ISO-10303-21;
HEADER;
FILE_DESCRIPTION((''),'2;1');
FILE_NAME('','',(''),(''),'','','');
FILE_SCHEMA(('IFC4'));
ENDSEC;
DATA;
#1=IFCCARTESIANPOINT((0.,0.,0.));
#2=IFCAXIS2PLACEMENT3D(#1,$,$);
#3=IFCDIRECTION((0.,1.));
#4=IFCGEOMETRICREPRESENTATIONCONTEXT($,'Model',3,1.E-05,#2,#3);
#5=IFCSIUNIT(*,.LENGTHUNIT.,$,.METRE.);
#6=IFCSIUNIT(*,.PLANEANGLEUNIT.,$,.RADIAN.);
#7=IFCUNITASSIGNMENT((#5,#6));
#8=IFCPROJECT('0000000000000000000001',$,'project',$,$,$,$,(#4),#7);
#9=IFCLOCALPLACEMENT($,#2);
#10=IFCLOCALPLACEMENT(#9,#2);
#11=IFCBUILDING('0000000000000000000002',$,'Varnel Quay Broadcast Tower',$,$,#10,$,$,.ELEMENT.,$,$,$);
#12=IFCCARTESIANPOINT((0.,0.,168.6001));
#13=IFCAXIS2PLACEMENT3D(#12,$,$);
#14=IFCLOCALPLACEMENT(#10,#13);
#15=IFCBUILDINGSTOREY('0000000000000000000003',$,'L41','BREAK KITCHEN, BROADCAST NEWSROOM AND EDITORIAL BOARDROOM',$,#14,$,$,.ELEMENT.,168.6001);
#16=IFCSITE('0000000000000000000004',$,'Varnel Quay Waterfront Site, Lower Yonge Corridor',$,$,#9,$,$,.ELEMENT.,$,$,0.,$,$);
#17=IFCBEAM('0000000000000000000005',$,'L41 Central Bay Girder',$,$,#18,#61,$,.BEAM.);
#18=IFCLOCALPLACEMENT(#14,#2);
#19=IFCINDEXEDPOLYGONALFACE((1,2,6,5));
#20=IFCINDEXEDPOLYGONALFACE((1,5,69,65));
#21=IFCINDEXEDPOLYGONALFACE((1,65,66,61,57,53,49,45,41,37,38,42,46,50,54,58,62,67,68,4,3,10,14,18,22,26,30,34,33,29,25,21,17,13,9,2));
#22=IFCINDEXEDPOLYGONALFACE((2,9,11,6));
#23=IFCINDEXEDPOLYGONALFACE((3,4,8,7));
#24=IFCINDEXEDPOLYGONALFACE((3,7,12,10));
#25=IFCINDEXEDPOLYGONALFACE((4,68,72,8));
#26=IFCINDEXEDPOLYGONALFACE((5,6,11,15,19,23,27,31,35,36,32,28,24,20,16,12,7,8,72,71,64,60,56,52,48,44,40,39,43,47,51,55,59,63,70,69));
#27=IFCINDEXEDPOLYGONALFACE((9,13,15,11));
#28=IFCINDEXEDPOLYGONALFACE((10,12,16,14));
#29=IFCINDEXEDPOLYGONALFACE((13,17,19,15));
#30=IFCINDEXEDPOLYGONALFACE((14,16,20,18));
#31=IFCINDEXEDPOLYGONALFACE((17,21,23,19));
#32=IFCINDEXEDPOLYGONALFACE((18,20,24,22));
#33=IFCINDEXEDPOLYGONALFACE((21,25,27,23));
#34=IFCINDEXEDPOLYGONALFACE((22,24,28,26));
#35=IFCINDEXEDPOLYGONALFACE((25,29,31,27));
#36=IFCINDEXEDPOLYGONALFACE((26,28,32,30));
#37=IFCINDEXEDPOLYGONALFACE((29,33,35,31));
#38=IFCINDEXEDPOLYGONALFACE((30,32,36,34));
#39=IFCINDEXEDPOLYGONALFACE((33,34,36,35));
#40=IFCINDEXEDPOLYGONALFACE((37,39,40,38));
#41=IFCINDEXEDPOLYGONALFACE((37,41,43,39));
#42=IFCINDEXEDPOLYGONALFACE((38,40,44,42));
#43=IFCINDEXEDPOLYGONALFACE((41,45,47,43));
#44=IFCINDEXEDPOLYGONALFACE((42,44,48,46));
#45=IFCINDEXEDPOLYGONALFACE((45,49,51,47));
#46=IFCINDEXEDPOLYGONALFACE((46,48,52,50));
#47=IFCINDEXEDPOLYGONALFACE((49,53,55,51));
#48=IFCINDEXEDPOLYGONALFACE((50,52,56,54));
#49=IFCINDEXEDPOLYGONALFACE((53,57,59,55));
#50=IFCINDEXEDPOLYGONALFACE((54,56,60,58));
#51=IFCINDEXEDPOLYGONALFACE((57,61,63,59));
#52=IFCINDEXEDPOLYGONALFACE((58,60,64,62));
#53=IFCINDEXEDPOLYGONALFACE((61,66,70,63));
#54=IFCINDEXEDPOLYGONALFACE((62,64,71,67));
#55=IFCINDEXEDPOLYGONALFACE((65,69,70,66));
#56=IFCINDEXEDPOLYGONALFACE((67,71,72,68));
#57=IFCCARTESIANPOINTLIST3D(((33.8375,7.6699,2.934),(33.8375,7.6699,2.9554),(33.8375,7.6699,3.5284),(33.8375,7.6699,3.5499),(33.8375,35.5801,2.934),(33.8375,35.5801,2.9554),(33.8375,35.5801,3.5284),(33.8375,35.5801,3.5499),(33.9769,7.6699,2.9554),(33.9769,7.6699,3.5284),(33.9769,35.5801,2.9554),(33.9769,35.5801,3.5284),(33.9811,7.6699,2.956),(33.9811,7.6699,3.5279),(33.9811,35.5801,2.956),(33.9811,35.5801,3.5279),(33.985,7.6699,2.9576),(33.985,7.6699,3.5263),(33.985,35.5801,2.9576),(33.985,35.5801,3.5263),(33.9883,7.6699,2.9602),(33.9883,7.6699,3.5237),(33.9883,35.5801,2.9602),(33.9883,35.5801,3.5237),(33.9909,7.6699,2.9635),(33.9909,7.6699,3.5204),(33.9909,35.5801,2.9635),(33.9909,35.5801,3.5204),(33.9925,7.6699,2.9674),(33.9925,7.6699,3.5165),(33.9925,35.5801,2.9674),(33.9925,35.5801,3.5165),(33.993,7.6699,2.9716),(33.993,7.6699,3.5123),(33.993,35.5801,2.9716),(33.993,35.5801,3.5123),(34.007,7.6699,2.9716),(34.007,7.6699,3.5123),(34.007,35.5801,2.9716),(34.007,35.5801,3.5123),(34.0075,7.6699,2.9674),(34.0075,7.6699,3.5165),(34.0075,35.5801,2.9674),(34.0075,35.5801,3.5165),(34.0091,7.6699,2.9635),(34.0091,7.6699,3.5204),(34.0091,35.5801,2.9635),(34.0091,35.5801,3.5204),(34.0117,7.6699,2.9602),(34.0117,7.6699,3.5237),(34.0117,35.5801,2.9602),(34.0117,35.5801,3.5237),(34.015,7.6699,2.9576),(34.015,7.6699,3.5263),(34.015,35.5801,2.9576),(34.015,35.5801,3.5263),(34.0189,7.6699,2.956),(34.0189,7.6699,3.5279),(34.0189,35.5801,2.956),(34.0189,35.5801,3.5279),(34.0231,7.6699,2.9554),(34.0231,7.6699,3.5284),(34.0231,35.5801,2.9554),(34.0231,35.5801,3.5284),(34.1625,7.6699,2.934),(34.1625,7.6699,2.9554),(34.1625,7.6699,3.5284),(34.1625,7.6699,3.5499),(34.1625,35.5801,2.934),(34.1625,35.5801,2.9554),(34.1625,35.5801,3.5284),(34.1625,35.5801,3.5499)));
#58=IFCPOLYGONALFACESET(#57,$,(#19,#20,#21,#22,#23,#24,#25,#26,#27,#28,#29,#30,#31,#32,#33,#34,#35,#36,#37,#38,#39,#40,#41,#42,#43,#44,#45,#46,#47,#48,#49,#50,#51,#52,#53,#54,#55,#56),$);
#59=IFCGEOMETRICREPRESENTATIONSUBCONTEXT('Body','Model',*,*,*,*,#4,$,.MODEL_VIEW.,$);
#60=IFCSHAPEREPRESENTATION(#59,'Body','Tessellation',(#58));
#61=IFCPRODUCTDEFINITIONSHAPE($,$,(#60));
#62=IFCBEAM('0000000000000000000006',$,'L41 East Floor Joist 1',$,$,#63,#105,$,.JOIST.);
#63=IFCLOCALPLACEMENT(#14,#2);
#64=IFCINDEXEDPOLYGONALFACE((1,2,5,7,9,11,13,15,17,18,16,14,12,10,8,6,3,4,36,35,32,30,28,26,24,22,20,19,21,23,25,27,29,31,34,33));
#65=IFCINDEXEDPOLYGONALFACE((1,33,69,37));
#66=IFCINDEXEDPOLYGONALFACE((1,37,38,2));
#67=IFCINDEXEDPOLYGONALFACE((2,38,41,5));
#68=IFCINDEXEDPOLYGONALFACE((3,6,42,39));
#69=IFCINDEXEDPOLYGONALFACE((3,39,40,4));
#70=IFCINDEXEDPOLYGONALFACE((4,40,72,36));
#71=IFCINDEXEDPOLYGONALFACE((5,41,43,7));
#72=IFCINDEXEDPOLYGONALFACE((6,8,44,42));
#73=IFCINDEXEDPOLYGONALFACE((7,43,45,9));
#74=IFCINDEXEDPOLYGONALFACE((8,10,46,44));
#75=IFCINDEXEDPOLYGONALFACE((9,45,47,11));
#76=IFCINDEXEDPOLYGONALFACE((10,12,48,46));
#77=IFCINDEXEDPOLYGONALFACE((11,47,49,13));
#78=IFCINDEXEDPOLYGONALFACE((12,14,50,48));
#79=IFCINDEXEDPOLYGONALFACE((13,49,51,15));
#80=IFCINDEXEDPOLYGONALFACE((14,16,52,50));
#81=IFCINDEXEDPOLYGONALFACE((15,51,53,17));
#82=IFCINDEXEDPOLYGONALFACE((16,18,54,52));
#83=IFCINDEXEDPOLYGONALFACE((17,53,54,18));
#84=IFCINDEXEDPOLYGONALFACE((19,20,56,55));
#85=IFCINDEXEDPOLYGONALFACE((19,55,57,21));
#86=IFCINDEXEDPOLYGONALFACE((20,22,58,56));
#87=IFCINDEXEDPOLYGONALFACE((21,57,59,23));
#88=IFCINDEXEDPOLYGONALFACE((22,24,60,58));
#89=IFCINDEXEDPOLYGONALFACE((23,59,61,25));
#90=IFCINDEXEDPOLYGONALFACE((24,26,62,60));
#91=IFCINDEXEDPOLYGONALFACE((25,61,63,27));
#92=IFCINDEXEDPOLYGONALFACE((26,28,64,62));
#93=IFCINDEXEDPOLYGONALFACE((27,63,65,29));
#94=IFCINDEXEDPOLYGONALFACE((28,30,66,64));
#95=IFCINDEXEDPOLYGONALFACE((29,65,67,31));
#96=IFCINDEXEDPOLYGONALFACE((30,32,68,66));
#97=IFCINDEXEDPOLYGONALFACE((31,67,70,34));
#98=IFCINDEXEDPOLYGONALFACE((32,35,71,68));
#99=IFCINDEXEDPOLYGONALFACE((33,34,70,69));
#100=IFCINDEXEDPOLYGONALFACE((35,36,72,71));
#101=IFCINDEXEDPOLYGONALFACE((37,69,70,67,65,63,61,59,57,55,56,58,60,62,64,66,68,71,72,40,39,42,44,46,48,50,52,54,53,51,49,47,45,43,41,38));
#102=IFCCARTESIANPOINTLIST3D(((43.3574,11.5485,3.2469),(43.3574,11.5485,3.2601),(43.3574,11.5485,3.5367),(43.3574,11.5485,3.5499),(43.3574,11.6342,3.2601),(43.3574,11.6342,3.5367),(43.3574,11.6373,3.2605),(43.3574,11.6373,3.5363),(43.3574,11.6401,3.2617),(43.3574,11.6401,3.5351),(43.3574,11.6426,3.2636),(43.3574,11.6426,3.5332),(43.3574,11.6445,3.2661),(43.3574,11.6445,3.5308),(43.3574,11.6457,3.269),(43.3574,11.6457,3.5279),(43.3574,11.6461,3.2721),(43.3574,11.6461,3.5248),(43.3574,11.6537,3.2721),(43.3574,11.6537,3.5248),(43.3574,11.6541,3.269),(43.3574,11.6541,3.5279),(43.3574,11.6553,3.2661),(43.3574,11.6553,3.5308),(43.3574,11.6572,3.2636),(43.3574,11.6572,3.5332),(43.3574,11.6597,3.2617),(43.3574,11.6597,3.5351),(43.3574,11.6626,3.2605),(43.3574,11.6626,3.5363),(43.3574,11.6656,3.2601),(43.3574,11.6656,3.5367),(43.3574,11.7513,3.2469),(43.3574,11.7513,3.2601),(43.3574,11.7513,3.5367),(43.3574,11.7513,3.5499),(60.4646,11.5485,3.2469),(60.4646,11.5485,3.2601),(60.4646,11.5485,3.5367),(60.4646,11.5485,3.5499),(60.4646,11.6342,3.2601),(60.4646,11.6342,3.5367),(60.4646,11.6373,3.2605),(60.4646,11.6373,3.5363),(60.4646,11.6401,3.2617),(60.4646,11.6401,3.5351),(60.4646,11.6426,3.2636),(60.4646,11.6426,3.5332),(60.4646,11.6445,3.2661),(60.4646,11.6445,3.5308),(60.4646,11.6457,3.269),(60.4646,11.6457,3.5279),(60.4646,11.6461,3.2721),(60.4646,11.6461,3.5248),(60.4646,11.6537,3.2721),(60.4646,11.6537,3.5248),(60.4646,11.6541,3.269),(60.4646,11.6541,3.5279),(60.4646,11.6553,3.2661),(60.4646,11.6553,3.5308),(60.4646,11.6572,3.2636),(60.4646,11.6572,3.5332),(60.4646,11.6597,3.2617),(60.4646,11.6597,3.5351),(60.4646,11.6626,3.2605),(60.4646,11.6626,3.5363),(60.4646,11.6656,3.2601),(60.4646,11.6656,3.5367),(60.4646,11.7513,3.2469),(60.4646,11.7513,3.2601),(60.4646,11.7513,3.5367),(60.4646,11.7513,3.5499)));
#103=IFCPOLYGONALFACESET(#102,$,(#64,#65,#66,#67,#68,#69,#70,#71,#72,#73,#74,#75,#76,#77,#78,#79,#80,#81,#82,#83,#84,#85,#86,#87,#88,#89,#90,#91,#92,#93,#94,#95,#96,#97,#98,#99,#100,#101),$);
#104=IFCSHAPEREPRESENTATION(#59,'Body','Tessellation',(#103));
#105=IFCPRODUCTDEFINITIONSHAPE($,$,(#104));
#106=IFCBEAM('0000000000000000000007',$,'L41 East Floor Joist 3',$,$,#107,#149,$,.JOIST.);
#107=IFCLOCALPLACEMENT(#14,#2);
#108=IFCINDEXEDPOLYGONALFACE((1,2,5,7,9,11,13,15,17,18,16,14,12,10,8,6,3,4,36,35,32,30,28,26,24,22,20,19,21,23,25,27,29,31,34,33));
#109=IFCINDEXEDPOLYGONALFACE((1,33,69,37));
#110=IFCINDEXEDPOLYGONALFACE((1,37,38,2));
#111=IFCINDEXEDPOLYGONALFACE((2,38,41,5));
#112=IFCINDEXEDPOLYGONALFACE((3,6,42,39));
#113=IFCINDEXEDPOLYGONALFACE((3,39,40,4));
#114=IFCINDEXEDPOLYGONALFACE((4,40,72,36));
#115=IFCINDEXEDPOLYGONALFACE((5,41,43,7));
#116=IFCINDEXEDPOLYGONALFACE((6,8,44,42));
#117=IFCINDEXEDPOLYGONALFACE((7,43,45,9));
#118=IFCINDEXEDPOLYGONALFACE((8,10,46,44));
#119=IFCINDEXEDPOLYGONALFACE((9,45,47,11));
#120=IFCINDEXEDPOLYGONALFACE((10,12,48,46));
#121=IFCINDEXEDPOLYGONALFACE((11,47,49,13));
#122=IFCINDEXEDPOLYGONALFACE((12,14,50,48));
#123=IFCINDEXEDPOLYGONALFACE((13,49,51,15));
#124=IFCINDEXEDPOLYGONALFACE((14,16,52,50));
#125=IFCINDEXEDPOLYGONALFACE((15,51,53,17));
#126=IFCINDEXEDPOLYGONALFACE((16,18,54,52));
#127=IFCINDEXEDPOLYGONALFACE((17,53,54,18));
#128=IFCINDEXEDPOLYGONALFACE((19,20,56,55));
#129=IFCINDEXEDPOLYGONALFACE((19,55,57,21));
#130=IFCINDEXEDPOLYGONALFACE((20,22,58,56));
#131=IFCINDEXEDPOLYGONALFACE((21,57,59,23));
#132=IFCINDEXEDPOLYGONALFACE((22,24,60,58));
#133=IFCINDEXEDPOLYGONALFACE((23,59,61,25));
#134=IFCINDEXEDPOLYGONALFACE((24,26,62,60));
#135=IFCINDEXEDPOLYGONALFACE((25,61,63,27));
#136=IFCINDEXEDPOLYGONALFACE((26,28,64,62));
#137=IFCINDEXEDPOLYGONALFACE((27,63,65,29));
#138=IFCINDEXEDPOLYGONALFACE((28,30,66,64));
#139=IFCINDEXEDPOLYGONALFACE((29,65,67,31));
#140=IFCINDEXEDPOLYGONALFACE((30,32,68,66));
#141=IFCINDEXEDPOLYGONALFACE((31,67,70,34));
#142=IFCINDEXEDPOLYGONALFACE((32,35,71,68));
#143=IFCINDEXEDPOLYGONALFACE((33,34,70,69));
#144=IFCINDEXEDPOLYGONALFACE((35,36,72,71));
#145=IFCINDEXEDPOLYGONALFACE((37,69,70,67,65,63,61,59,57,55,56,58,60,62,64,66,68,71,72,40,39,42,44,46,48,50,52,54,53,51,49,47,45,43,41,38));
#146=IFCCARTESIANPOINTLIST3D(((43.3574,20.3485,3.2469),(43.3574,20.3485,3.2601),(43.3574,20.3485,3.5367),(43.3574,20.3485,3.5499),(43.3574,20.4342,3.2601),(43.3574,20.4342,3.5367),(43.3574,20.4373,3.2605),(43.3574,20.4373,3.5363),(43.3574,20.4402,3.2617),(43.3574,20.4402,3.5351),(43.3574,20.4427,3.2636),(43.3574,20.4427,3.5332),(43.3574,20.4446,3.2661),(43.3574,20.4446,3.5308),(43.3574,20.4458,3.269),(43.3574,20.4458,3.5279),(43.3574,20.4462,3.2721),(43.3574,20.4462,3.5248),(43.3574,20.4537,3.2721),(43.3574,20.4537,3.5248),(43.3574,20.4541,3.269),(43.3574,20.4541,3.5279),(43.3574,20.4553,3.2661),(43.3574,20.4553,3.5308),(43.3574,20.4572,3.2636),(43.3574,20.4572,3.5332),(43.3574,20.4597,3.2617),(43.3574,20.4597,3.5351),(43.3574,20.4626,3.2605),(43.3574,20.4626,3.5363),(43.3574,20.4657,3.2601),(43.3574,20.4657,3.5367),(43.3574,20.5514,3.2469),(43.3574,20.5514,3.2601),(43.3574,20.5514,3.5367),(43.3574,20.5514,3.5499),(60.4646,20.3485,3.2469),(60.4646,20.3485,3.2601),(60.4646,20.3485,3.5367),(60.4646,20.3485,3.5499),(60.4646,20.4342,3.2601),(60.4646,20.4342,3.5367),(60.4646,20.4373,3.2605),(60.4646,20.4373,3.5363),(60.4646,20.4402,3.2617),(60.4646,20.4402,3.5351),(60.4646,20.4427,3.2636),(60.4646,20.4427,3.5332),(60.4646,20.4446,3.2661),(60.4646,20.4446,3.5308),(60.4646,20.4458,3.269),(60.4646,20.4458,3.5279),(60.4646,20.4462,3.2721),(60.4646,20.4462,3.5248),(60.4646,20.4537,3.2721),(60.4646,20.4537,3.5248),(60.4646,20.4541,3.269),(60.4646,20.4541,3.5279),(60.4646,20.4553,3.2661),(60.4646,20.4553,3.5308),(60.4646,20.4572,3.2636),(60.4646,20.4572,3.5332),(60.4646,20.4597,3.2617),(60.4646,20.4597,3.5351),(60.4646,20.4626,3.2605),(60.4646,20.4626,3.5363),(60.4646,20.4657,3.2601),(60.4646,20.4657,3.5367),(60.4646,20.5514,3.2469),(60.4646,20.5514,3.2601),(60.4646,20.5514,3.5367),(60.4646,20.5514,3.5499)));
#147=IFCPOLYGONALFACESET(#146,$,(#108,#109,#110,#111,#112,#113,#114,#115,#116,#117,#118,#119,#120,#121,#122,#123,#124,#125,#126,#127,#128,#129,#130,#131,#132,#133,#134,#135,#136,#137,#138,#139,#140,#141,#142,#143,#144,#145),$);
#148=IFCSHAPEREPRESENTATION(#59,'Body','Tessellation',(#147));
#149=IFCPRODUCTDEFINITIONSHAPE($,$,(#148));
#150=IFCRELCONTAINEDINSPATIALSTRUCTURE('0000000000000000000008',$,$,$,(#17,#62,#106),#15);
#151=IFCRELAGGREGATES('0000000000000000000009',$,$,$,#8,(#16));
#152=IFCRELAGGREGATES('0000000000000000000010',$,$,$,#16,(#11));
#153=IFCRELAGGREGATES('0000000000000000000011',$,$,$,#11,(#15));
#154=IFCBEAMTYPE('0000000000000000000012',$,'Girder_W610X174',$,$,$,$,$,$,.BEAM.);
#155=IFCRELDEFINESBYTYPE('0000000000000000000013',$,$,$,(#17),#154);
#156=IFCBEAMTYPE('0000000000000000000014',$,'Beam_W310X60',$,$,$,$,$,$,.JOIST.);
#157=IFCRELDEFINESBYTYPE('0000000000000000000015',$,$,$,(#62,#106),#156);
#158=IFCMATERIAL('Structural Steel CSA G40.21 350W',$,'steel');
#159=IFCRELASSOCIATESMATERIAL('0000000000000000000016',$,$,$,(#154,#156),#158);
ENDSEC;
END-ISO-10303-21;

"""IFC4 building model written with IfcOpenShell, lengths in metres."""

from ifc_helpers import new_model, si_unit, direction, frame, origin, origin_2d, place, context, subcontext, project, spatial, i_section, extrude, source, transform, mapped, material, material_profile, profile_set, type_object, type_shapes, element, save


model = new_model("IFC4")

# Units and contexts
model_context = context("Model", 3, precision=1e-05, world=origin(), true_north=direction((0.0, 1.0)))
body_context = subcontext(model_context, "Body", "Model", "MODEL_VIEW")
ifc_project = project(units=[si_unit("LENGTHUNIT", "METRE"), si_unit("PLANEANGLEUNIT", "RADIAN")], contexts=[model_context])

# Site, building, storey
site_placement = place(None, origin())
site = spatial("IfcSite", under=ifc_project, at=site_placement, Name="Varnel Quay Waterfront Site, Lower Yonge Corridor", CompositionType="ELEMENT", RefElevation=0.0)
building_placement = place(site_placement, origin())
building = spatial("IfcBuilding", under=site, at=building_placement, Name="Varnel Quay Broadcast Tower", CompositionType="ELEMENT")
storey_placement = place(building_placement, frame((0.0, 0.0, 168.6001)))
storey = spatial("IfcBuildingStorey", under=building, at=storey_placement, Name="L41", Description="BREAK KITCHEN, BROADCAST NEWSROOM AND EDITORIAL BOARDROOM", CompositionType="ELEMENT", Elevation=168.6001)

# Shared definitions
ifc_material_1 = material(Name="Structural Steel CSA G40.21 350W", Category="steel")

# Beams
ifc_material_profile_1 = material_profile(ifc_material_1, i_section(OverallWidth=0.325, OverallDepth=0.616, WebThickness=0.0139, FlangeThickness=0.0215, FilletRadius=0.0161, at=origin_2d()), Name="W610X174")
ifc_profile_set_1 = profile_set([ifc_material_profile_1], Name="Structural Steel CSA G40.21 350W")
beam_type_1 = type_object("IfcBeamType", Name="Girder_W610X174", PredefinedType="BEAM", material=ifc_profile_set_1)
shared_shape_1 = source(origin(), body_context, "Body", "SweptSolid", [
    extrude(i_section(OverallWidth=0.325, OverallDepth=0.616, WebThickness=0.0139, FlangeThickness=0.0215, FilletRadius=0.0161, at=origin_2d()), origin(), (0.0, 0.0, 1.0), 27.9102),
])
beam_1_placement = place(storey_placement, frame((34.0, 7.6699, 3.2419), z_axis=(0.0, 1.0, 0.0), x_axis=(-1.0, 0.0, 0.0)))
element("IfcBeam", 1, at=beam_1_placement, inside=storey, type_object=beam_type_1, Name="L41 Central Bay Girder", PredefinedType="BEAM", context=body_context, shape_type="MappedRepresentation", body=[
    mapped(shared_shape_1, transform((0.0, 0.0, 0.0), x_axis=(1.0, 0.0, 0.0), y_axis=(0.0, 1.0, 0.0), z_axis=(0.0, 0.0, 1.0), scale=1.0)),
])
ifc_material_profile_2 = material_profile(ifc_material_1, i_section(OverallWidth=0.2029, OverallDepth=0.303, WebThickness=0.0076, FlangeThickness=0.0132, FilletRadius=0.012, at=origin_2d()), Name="W310X60")
ifc_profile_set_2 = profile_set([ifc_material_profile_2], Name="Structural Steel CSA G40.21 350W")
beam_type_2 = type_object("IfcBeamType", Name="Beam_W310X60", PredefinedType="JOIST", material=ifc_profile_set_2)
shared_shape_2 = source(origin(), body_context, "Body", "SweptSolid", [
    extrude(i_section(OverallWidth=0.2029, OverallDepth=0.303, WebThickness=0.0076, FlangeThickness=0.0132, FilletRadius=0.012, at=origin_2d()), origin(), (0.0, 0.0, 1.0), 17.1072),
])
type_shapes(beam_type_2, [shared_shape_2])
for number, where, z_axis, x_axis, name in (
    (2, (43.3574, 11.6499, 3.3984), (1.0, 0.0, 0.0), (0.0, 1.0, 0.0), "L41 East Floor Joist 1"),
    (3, (43.3574, 20.45, 3.3984), (1.0, 0.0, 0.0), (0.0, 1.0, 0.0), "L41 East Floor Joist 3"),
):
    element("IfcBeam", number, at=place(storey_placement, frame(where, z_axis=z_axis, x_axis=x_axis)), inside=storey, type_object=beam_type_2, Name=name, PredefinedType="JOIST", context=body_context, shape_type="MappedRepresentation", body=[
        mapped(shared_shape_2, transform((0.0, 0.0, 0.0), x_axis=(1.0, 0.0, 0.0), y_axis=(0.0, 1.0, 0.0), z_axis=(0.0, 0.0, 1.0), scale=1.0)),
    ])

save(model, "model.ifc")
